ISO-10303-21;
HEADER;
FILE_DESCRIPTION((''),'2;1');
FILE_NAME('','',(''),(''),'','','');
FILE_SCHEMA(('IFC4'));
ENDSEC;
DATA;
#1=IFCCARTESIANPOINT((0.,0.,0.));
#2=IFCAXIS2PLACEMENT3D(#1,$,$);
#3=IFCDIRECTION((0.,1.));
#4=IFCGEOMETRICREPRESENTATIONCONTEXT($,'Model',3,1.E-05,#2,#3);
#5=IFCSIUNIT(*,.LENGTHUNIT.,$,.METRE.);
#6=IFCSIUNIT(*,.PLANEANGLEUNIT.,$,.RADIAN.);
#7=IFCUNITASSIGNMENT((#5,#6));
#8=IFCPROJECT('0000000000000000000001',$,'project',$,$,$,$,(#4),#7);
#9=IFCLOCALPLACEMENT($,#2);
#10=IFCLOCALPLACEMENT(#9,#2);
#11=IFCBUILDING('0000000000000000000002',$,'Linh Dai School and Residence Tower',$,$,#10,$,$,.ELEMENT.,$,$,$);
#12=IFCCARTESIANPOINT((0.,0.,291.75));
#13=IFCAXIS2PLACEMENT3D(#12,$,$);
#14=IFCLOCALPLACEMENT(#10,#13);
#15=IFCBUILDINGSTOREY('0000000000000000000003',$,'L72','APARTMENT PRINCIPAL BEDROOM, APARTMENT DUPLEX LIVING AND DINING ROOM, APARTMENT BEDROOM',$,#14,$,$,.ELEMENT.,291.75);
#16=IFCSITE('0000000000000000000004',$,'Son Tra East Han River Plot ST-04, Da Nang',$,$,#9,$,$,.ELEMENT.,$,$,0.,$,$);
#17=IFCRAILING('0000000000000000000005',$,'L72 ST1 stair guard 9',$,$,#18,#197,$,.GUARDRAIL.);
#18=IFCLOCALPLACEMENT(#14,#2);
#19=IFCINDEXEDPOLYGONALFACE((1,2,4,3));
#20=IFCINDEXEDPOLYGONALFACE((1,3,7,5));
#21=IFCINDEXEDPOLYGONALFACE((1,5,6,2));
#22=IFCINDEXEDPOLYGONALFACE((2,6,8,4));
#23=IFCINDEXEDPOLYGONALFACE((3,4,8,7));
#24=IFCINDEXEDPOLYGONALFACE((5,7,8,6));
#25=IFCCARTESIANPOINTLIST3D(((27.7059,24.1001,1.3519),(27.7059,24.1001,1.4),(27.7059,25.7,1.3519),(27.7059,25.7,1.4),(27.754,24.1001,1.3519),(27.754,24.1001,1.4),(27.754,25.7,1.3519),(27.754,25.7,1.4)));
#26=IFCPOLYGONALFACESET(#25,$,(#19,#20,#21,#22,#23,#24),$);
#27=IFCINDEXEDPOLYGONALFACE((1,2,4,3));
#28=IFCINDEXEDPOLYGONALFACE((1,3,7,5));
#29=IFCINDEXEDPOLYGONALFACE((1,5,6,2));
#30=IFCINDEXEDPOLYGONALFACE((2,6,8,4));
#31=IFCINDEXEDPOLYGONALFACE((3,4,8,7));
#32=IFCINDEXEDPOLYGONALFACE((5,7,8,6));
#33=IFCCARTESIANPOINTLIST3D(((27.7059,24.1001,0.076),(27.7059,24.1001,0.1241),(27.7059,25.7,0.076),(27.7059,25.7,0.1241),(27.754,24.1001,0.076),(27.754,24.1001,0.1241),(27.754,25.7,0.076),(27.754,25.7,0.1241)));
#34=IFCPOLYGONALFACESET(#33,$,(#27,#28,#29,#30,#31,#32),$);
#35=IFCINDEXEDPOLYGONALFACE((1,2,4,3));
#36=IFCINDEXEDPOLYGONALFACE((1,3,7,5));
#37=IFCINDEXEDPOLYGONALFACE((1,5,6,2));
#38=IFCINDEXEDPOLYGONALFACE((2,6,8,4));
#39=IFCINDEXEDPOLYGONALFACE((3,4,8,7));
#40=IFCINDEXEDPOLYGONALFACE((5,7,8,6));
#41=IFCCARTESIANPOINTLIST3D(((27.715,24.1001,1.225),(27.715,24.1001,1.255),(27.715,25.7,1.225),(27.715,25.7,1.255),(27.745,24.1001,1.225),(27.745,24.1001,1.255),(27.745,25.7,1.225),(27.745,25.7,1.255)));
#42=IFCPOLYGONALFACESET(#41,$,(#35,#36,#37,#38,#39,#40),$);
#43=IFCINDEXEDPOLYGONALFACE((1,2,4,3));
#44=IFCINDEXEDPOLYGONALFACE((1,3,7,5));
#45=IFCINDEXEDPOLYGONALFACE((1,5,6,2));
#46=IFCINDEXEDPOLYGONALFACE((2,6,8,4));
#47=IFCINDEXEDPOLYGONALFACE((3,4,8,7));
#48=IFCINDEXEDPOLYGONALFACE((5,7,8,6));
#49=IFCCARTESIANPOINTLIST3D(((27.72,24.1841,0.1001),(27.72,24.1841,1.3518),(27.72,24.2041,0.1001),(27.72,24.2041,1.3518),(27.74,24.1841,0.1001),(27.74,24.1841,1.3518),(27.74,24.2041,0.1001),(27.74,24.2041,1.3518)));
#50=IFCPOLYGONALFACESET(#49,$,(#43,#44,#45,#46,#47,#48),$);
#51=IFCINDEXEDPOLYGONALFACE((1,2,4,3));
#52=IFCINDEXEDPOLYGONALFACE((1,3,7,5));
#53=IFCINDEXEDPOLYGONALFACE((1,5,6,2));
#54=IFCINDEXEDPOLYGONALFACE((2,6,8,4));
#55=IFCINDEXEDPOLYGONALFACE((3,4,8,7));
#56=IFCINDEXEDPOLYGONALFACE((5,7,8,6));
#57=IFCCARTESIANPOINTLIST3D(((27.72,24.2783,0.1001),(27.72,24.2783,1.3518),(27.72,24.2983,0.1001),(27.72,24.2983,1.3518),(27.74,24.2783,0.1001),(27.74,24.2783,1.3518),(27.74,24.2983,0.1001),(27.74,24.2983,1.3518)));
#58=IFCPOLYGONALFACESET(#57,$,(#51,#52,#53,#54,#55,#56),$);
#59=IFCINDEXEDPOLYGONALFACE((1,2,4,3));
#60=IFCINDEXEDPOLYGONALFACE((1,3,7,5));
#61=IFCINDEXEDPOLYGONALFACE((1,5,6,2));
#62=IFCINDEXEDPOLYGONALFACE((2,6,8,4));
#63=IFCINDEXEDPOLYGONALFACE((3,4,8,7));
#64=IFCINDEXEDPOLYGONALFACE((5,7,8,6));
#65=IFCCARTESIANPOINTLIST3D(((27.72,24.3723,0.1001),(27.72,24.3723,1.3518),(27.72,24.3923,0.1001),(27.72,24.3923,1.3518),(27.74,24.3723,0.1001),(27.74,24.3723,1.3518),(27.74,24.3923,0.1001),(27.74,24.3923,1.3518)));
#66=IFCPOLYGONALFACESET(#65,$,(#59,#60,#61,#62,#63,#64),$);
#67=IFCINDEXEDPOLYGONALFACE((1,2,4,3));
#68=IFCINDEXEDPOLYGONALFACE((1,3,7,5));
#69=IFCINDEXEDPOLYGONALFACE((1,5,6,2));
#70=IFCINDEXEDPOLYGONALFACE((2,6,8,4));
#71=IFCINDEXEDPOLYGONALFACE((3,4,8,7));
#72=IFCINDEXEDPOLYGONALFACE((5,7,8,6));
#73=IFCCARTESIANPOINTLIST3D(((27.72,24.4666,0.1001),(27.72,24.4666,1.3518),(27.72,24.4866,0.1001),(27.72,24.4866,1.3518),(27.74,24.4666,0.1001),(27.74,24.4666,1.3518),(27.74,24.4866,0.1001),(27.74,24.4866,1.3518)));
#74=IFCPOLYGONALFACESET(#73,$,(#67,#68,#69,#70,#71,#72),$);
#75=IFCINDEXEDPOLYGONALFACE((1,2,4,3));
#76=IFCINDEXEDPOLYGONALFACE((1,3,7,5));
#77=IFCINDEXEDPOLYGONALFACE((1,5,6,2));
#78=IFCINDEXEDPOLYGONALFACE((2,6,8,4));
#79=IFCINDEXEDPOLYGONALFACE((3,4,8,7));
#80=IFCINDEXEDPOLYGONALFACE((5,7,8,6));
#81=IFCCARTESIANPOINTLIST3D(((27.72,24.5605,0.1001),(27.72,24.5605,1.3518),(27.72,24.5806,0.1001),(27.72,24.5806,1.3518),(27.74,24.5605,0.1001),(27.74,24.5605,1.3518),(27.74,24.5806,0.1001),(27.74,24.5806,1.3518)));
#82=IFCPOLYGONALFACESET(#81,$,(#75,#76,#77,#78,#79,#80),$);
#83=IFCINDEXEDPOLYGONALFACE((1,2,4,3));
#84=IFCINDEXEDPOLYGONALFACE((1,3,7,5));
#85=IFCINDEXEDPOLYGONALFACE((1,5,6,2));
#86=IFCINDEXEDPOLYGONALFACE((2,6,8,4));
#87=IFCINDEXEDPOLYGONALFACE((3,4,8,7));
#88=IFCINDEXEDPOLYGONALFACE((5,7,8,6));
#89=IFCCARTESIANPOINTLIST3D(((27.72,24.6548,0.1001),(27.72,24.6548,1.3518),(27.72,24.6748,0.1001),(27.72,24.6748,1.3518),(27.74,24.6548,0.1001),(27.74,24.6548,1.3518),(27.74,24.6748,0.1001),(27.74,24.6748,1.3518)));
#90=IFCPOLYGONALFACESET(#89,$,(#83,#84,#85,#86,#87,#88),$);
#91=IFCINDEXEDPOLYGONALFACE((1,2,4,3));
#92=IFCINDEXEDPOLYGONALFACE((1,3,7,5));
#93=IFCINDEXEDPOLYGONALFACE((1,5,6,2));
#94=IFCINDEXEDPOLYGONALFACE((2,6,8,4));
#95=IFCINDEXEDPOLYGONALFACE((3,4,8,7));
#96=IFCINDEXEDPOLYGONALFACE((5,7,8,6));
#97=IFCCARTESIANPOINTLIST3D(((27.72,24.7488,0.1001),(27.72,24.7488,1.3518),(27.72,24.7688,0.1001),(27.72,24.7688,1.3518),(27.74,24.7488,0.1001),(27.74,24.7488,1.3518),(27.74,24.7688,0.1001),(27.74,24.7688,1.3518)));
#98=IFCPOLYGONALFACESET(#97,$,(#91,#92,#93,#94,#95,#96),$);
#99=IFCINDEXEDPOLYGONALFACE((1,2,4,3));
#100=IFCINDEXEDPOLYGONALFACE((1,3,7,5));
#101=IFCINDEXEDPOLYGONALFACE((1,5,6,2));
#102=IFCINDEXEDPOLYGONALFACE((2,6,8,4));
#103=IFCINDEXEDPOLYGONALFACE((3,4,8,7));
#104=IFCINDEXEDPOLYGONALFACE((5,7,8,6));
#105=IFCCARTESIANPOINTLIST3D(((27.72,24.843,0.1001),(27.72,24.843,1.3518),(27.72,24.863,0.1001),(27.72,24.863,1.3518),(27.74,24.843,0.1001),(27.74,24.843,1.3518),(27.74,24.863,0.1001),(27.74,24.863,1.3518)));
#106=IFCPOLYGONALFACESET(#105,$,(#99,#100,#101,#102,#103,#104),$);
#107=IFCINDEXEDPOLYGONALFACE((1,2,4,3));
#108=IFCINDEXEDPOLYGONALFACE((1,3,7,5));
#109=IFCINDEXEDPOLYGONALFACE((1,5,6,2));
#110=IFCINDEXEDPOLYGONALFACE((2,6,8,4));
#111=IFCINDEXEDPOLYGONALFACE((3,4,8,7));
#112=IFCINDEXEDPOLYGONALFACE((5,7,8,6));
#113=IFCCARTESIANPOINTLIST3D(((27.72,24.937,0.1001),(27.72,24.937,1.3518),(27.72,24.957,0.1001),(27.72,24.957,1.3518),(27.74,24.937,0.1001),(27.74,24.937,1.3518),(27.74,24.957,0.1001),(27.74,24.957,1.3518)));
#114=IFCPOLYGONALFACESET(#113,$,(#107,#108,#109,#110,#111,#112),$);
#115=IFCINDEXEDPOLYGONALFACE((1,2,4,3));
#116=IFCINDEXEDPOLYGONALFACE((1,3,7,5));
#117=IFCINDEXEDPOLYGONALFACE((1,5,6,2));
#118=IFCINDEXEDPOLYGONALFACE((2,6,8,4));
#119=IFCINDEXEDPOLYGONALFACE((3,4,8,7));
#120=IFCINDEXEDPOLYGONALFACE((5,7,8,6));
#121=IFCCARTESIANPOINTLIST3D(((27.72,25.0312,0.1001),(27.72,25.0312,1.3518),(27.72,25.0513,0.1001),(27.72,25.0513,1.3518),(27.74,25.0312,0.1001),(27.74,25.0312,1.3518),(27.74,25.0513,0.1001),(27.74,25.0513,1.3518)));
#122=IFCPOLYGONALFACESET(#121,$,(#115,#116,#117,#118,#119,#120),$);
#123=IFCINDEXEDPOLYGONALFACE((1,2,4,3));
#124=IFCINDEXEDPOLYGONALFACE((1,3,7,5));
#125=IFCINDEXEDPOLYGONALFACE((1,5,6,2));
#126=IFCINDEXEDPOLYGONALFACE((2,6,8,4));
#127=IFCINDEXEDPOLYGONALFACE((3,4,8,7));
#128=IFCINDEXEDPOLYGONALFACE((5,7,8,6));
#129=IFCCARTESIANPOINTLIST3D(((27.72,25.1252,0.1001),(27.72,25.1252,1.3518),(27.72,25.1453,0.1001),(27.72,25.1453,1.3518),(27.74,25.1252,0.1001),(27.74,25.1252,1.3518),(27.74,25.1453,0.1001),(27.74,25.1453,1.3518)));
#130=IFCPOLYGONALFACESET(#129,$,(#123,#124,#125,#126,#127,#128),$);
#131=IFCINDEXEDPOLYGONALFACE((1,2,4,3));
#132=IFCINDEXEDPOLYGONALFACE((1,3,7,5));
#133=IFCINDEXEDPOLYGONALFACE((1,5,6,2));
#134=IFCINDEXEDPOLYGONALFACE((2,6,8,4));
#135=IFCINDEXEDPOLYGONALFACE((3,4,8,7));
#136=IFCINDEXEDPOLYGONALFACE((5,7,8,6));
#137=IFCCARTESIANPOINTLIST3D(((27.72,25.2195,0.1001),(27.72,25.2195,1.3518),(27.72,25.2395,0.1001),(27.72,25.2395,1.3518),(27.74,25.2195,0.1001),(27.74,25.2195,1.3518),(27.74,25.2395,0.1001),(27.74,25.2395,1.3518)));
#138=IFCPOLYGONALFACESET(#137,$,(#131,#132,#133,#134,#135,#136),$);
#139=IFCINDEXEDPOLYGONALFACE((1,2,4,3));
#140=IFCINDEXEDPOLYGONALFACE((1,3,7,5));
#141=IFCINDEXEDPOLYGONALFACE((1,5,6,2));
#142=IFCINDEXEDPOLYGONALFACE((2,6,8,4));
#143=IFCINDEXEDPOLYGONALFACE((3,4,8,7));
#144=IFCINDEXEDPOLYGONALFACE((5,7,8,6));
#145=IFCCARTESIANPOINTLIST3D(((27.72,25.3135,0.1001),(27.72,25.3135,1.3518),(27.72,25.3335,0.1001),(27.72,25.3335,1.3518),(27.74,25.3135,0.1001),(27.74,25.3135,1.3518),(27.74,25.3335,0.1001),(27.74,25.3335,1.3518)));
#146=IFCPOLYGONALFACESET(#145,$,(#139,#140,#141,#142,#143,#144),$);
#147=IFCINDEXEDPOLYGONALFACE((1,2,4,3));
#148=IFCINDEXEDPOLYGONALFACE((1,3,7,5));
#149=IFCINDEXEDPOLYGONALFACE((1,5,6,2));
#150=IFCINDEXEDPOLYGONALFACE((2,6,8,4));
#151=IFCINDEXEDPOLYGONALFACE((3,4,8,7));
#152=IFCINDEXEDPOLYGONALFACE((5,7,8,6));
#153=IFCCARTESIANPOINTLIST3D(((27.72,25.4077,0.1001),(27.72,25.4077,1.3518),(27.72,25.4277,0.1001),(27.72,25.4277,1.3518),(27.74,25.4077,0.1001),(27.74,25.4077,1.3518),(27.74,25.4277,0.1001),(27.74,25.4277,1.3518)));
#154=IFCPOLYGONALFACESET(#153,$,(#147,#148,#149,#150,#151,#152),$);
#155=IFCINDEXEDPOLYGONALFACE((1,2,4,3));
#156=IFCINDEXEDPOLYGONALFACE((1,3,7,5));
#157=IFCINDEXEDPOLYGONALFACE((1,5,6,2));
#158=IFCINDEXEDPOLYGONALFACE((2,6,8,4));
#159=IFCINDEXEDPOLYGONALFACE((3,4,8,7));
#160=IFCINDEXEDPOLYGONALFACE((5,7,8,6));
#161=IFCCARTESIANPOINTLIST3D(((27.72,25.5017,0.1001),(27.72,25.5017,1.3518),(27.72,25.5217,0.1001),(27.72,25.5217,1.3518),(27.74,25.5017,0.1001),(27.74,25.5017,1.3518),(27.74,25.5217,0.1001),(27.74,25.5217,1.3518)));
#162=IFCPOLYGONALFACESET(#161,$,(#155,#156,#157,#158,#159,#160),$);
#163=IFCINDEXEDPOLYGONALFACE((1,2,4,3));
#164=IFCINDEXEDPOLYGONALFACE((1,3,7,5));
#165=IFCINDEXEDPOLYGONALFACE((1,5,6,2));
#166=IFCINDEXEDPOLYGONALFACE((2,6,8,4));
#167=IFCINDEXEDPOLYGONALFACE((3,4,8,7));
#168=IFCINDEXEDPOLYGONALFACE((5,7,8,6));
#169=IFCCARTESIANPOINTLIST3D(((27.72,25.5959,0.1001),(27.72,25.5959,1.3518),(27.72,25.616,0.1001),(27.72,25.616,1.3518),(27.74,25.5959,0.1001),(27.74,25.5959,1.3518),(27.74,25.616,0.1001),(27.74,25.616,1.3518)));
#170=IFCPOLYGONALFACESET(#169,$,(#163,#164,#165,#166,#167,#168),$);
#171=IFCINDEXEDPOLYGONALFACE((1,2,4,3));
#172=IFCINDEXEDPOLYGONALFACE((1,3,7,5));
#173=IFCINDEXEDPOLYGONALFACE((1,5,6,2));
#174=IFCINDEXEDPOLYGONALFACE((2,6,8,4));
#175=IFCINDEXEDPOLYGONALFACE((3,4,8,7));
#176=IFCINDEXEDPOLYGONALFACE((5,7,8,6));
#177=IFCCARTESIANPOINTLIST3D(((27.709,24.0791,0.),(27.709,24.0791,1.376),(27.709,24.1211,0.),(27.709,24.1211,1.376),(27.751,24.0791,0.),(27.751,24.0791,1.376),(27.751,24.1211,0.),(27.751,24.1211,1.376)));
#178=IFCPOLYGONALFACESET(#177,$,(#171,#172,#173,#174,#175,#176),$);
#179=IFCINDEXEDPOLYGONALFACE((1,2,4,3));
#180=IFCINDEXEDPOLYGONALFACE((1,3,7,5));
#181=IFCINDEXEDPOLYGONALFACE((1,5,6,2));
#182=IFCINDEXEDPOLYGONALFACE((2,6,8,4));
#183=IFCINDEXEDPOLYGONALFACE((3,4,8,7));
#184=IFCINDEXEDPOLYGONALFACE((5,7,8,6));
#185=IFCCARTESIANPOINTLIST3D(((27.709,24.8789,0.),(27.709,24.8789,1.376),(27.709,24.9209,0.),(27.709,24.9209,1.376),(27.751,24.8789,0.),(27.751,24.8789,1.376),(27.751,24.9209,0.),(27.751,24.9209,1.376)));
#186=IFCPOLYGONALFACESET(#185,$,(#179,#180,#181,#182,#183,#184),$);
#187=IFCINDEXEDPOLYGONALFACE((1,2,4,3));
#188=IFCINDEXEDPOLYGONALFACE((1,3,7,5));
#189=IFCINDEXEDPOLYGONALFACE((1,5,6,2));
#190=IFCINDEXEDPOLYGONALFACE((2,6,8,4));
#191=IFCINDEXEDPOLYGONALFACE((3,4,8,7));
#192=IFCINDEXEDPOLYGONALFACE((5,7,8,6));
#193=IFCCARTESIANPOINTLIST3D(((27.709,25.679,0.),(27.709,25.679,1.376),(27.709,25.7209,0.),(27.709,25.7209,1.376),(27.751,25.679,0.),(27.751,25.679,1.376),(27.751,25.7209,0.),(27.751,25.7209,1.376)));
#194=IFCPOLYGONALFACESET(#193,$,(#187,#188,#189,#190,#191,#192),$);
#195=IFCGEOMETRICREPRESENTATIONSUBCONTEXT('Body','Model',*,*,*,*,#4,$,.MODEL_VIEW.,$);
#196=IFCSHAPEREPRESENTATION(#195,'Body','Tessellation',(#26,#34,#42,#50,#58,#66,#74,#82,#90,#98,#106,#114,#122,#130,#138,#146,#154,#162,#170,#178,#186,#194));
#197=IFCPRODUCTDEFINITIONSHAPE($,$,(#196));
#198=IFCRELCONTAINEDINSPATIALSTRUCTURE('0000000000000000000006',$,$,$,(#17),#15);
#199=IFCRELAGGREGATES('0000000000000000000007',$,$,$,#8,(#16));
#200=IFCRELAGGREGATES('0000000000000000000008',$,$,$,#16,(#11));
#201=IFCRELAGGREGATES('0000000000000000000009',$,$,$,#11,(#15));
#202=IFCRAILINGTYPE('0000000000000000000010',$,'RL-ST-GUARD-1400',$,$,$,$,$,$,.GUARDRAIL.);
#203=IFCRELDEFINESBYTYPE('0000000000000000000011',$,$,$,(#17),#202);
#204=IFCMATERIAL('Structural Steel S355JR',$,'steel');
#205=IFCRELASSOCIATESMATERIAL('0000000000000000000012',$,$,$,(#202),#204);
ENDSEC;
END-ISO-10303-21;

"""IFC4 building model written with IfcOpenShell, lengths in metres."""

from ifc_helpers import new_model, si_unit, direction, frame, origin, origin_2d, place, context, subcontext, project, spatial, rectangle, extrude, source, transform, mapped, material, type_object, element, save


model = new_model("IFC4")

# Units and contexts
model_context = context("Model", 3, precision=1e-05, world=origin(), true_north=direction((0.0, 1.0)))
body_context = subcontext(model_context, "Body", "Model", "MODEL_VIEW")
ifc_project = project(units=[si_unit("LENGTHUNIT", "METRE"), si_unit("PLANEANGLEUNIT", "RADIAN")], contexts=[model_context])

# Site, building, storey
site_placement = place(None, origin())
site = spatial("IfcSite", under=ifc_project, at=site_placement, Name="Son Tra East Han River Plot ST-04, Da Nang", CompositionType="ELEMENT", RefElevation=0.0)
building_placement = place(site_placement, origin())
building = spatial("IfcBuilding", under=site, at=building_placement, Name="Linh Dai School and Residence Tower", CompositionType="ELEMENT")
storey_placement = place(building_placement, frame((0.0, 0.0, 291.75)))
storey = spatial("IfcBuildingStorey", under=building, at=storey_placement, Name="L72", Description="APARTMENT PRINCIPAL BEDROOM, APARTMENT DUPLEX LIVING AND DINING ROOM, APARTMENT BEDROOM", CompositionType="ELEMENT", Elevation=291.75)

# Shared definitions
ifc_material_1 = material(Name="Structural Steel S355JR", Category="steel")

# Railing
railing_type_1 = type_object("IfcRailingType", Name="RL-ST-GUARD-1400", PredefinedType="GUARDRAIL", material=ifc_material_1)
shared_shape_1 = source(origin(), body_context, "Body", "SweptSolid", [
    extrude(rectangle(XDim=0.0481, YDim=0.0481, at=origin_2d()), frame((0.0, 0.0, 1.376), z_axis=(0.0, 1.0, 0.0), x_axis=(-1.0, 0.0, 0.0)), (0.0, 0.0, 1.0), 1.5999),
    extrude(rectangle(XDim=0.0481, YDim=0.0481, at=origin_2d()), frame((0.0, 0.0, 0.1001), z_axis=(0.0, 1.0, 0.0), x_axis=(-1.0, 0.0, 0.0)), (0.0, 0.0, 1.0), 1.5999),
    extrude(rectangle(XDim=0.03, YDim=0.03, at=origin_2d()), frame((0.0, 0.0, 1.24), z_axis=(0.0, 1.0, 0.0), x_axis=(-1.0, 0.0, 0.0)), (0.0, 0.0, 1.0), 1.5999),
    extrude(rectangle(XDim=0.02, YDim=0.02, at=origin_2d()), frame((0.0, 0.094, 0.1001)), (0.0, 0.0, 1.0), 1.2517),
    extrude(rectangle(XDim=0.02, YDim=0.02, at=origin_2d()), frame((0.0, 0.1882, 0.1001)), (0.0, 0.0, 1.0), 1.2517),
    extrude(rectangle(XDim=0.02, YDim=0.02, at=origin_2d()), frame((0.0, 0.2822, 0.1001)), (0.0, 0.0, 1.0), 1.2517),
    extrude(rectangle(XDim=0.02, YDim=0.02, at=origin_2d()), frame((0.0, 0.3765, 0.1001)), (0.0, 0.0, 1.0), 1.2517),
    extrude(rectangle(XDim=0.02, YDim=0.02, at=origin_2d()), frame((0.0, 0.4705, 0.1001)), (0.0, 0.0, 1.0), 1.2517),
    extrude(rectangle(XDim=0.02, YDim=0.02, at=origin_2d()), frame((0.0, 0.5647, 0.1001)), (0.0, 0.0, 1.0), 1.2517),
    extrude(rectangle(XDim=0.02, YDim=0.02, at=origin_2d()), frame((0.0, 0.6587, 0.1001)), (0.0, 0.0, 1.0), 1.2517),
    extrude(rectangle(XDim=0.02, YDim=0.02, at=origin_2d()), frame((0.0, 0.7529, 0.1001)), (0.0, 0.0, 1.0), 1.2517),
    extrude(rectangle(XDim=0.02, YDim=0.02, at=origin_2d()), frame((0.0, 0.8469, 0.1001)), (0.0, 0.0, 1.0), 1.2517),
    extrude(rectangle(XDim=0.02, YDim=0.02, at=origin_2d()), frame((0.0, 0.9412, 0.1001)), (0.0, 0.0, 1.0), 1.2517),
    extrude(rectangle(XDim=0.02, YDim=0.02, at=origin_2d()), frame((0.0, 1.0352, 0.1001)), (0.0, 0.0, 1.0), 1.2517),
    extrude(rectangle(XDim=0.02, YDim=0.02, at=origin_2d()), frame((0.0, 1.1294, 0.1001)), (0.0, 0.0, 1.0), 1.2517),
    extrude(rectangle(XDim=0.02, YDim=0.02, at=origin_2d()), frame((0.0, 1.2234, 0.1001)), (0.0, 0.0, 1.0), 1.2517),
    extrude(rectangle(XDim=0.02, YDim=0.02, at=origin_2d()), frame((0.0, 1.3176, 0.1001)), (0.0, 0.0, 1.0), 1.2517),
    extrude(rectangle(XDim=0.02, YDim=0.02, at=origin_2d()), frame((0.0, 1.4116, 0.1001)), (0.0, 0.0, 1.0), 1.2517),
    extrude(rectangle(XDim=0.02, YDim=0.02, at=origin_2d()), frame((0.0, 1.5059, 0.1001)), (0.0, 0.0, 1.0), 1.2517),
    extrude(rectangle(XDim=0.042, YDim=0.042, at=origin_2d()), origin(), (0.0, 0.0, 1.0), 1.376),
    extrude(rectangle(XDim=0.042, YDim=0.042, at=origin_2d()), frame((0.0, 0.7998, 0.0)), (0.0, 0.0, 1.0), 1.376),
    extrude(rectangle(XDim=0.042, YDim=0.042, at=origin_2d()), frame((0.0, 1.5999, 0.0)), (0.0, 0.0, 1.0), 1.376),
])
for number, where, name in (
    (1, (27.73, 24.1001, 0.0), "L72 ST1 stair guard 9"),
):
    element("IfcRailing", number, at=place(storey_placement, frame(where)), inside=storey, type_object=railing_type_1, Name=name, PredefinedType="GUARDRAIL", context=body_context, shape_type="MappedRepresentation", body=[
        mapped(shared_shape_1, transform((0.0, 0.0, 0.0), x_axis=(1.0, 0.0, 0.0), y_axis=(0.0, 1.0, 0.0), z_axis=(0.0, 0.0, 1.0), scale=1.0)),
    ])

save(model, "model.ifc")
